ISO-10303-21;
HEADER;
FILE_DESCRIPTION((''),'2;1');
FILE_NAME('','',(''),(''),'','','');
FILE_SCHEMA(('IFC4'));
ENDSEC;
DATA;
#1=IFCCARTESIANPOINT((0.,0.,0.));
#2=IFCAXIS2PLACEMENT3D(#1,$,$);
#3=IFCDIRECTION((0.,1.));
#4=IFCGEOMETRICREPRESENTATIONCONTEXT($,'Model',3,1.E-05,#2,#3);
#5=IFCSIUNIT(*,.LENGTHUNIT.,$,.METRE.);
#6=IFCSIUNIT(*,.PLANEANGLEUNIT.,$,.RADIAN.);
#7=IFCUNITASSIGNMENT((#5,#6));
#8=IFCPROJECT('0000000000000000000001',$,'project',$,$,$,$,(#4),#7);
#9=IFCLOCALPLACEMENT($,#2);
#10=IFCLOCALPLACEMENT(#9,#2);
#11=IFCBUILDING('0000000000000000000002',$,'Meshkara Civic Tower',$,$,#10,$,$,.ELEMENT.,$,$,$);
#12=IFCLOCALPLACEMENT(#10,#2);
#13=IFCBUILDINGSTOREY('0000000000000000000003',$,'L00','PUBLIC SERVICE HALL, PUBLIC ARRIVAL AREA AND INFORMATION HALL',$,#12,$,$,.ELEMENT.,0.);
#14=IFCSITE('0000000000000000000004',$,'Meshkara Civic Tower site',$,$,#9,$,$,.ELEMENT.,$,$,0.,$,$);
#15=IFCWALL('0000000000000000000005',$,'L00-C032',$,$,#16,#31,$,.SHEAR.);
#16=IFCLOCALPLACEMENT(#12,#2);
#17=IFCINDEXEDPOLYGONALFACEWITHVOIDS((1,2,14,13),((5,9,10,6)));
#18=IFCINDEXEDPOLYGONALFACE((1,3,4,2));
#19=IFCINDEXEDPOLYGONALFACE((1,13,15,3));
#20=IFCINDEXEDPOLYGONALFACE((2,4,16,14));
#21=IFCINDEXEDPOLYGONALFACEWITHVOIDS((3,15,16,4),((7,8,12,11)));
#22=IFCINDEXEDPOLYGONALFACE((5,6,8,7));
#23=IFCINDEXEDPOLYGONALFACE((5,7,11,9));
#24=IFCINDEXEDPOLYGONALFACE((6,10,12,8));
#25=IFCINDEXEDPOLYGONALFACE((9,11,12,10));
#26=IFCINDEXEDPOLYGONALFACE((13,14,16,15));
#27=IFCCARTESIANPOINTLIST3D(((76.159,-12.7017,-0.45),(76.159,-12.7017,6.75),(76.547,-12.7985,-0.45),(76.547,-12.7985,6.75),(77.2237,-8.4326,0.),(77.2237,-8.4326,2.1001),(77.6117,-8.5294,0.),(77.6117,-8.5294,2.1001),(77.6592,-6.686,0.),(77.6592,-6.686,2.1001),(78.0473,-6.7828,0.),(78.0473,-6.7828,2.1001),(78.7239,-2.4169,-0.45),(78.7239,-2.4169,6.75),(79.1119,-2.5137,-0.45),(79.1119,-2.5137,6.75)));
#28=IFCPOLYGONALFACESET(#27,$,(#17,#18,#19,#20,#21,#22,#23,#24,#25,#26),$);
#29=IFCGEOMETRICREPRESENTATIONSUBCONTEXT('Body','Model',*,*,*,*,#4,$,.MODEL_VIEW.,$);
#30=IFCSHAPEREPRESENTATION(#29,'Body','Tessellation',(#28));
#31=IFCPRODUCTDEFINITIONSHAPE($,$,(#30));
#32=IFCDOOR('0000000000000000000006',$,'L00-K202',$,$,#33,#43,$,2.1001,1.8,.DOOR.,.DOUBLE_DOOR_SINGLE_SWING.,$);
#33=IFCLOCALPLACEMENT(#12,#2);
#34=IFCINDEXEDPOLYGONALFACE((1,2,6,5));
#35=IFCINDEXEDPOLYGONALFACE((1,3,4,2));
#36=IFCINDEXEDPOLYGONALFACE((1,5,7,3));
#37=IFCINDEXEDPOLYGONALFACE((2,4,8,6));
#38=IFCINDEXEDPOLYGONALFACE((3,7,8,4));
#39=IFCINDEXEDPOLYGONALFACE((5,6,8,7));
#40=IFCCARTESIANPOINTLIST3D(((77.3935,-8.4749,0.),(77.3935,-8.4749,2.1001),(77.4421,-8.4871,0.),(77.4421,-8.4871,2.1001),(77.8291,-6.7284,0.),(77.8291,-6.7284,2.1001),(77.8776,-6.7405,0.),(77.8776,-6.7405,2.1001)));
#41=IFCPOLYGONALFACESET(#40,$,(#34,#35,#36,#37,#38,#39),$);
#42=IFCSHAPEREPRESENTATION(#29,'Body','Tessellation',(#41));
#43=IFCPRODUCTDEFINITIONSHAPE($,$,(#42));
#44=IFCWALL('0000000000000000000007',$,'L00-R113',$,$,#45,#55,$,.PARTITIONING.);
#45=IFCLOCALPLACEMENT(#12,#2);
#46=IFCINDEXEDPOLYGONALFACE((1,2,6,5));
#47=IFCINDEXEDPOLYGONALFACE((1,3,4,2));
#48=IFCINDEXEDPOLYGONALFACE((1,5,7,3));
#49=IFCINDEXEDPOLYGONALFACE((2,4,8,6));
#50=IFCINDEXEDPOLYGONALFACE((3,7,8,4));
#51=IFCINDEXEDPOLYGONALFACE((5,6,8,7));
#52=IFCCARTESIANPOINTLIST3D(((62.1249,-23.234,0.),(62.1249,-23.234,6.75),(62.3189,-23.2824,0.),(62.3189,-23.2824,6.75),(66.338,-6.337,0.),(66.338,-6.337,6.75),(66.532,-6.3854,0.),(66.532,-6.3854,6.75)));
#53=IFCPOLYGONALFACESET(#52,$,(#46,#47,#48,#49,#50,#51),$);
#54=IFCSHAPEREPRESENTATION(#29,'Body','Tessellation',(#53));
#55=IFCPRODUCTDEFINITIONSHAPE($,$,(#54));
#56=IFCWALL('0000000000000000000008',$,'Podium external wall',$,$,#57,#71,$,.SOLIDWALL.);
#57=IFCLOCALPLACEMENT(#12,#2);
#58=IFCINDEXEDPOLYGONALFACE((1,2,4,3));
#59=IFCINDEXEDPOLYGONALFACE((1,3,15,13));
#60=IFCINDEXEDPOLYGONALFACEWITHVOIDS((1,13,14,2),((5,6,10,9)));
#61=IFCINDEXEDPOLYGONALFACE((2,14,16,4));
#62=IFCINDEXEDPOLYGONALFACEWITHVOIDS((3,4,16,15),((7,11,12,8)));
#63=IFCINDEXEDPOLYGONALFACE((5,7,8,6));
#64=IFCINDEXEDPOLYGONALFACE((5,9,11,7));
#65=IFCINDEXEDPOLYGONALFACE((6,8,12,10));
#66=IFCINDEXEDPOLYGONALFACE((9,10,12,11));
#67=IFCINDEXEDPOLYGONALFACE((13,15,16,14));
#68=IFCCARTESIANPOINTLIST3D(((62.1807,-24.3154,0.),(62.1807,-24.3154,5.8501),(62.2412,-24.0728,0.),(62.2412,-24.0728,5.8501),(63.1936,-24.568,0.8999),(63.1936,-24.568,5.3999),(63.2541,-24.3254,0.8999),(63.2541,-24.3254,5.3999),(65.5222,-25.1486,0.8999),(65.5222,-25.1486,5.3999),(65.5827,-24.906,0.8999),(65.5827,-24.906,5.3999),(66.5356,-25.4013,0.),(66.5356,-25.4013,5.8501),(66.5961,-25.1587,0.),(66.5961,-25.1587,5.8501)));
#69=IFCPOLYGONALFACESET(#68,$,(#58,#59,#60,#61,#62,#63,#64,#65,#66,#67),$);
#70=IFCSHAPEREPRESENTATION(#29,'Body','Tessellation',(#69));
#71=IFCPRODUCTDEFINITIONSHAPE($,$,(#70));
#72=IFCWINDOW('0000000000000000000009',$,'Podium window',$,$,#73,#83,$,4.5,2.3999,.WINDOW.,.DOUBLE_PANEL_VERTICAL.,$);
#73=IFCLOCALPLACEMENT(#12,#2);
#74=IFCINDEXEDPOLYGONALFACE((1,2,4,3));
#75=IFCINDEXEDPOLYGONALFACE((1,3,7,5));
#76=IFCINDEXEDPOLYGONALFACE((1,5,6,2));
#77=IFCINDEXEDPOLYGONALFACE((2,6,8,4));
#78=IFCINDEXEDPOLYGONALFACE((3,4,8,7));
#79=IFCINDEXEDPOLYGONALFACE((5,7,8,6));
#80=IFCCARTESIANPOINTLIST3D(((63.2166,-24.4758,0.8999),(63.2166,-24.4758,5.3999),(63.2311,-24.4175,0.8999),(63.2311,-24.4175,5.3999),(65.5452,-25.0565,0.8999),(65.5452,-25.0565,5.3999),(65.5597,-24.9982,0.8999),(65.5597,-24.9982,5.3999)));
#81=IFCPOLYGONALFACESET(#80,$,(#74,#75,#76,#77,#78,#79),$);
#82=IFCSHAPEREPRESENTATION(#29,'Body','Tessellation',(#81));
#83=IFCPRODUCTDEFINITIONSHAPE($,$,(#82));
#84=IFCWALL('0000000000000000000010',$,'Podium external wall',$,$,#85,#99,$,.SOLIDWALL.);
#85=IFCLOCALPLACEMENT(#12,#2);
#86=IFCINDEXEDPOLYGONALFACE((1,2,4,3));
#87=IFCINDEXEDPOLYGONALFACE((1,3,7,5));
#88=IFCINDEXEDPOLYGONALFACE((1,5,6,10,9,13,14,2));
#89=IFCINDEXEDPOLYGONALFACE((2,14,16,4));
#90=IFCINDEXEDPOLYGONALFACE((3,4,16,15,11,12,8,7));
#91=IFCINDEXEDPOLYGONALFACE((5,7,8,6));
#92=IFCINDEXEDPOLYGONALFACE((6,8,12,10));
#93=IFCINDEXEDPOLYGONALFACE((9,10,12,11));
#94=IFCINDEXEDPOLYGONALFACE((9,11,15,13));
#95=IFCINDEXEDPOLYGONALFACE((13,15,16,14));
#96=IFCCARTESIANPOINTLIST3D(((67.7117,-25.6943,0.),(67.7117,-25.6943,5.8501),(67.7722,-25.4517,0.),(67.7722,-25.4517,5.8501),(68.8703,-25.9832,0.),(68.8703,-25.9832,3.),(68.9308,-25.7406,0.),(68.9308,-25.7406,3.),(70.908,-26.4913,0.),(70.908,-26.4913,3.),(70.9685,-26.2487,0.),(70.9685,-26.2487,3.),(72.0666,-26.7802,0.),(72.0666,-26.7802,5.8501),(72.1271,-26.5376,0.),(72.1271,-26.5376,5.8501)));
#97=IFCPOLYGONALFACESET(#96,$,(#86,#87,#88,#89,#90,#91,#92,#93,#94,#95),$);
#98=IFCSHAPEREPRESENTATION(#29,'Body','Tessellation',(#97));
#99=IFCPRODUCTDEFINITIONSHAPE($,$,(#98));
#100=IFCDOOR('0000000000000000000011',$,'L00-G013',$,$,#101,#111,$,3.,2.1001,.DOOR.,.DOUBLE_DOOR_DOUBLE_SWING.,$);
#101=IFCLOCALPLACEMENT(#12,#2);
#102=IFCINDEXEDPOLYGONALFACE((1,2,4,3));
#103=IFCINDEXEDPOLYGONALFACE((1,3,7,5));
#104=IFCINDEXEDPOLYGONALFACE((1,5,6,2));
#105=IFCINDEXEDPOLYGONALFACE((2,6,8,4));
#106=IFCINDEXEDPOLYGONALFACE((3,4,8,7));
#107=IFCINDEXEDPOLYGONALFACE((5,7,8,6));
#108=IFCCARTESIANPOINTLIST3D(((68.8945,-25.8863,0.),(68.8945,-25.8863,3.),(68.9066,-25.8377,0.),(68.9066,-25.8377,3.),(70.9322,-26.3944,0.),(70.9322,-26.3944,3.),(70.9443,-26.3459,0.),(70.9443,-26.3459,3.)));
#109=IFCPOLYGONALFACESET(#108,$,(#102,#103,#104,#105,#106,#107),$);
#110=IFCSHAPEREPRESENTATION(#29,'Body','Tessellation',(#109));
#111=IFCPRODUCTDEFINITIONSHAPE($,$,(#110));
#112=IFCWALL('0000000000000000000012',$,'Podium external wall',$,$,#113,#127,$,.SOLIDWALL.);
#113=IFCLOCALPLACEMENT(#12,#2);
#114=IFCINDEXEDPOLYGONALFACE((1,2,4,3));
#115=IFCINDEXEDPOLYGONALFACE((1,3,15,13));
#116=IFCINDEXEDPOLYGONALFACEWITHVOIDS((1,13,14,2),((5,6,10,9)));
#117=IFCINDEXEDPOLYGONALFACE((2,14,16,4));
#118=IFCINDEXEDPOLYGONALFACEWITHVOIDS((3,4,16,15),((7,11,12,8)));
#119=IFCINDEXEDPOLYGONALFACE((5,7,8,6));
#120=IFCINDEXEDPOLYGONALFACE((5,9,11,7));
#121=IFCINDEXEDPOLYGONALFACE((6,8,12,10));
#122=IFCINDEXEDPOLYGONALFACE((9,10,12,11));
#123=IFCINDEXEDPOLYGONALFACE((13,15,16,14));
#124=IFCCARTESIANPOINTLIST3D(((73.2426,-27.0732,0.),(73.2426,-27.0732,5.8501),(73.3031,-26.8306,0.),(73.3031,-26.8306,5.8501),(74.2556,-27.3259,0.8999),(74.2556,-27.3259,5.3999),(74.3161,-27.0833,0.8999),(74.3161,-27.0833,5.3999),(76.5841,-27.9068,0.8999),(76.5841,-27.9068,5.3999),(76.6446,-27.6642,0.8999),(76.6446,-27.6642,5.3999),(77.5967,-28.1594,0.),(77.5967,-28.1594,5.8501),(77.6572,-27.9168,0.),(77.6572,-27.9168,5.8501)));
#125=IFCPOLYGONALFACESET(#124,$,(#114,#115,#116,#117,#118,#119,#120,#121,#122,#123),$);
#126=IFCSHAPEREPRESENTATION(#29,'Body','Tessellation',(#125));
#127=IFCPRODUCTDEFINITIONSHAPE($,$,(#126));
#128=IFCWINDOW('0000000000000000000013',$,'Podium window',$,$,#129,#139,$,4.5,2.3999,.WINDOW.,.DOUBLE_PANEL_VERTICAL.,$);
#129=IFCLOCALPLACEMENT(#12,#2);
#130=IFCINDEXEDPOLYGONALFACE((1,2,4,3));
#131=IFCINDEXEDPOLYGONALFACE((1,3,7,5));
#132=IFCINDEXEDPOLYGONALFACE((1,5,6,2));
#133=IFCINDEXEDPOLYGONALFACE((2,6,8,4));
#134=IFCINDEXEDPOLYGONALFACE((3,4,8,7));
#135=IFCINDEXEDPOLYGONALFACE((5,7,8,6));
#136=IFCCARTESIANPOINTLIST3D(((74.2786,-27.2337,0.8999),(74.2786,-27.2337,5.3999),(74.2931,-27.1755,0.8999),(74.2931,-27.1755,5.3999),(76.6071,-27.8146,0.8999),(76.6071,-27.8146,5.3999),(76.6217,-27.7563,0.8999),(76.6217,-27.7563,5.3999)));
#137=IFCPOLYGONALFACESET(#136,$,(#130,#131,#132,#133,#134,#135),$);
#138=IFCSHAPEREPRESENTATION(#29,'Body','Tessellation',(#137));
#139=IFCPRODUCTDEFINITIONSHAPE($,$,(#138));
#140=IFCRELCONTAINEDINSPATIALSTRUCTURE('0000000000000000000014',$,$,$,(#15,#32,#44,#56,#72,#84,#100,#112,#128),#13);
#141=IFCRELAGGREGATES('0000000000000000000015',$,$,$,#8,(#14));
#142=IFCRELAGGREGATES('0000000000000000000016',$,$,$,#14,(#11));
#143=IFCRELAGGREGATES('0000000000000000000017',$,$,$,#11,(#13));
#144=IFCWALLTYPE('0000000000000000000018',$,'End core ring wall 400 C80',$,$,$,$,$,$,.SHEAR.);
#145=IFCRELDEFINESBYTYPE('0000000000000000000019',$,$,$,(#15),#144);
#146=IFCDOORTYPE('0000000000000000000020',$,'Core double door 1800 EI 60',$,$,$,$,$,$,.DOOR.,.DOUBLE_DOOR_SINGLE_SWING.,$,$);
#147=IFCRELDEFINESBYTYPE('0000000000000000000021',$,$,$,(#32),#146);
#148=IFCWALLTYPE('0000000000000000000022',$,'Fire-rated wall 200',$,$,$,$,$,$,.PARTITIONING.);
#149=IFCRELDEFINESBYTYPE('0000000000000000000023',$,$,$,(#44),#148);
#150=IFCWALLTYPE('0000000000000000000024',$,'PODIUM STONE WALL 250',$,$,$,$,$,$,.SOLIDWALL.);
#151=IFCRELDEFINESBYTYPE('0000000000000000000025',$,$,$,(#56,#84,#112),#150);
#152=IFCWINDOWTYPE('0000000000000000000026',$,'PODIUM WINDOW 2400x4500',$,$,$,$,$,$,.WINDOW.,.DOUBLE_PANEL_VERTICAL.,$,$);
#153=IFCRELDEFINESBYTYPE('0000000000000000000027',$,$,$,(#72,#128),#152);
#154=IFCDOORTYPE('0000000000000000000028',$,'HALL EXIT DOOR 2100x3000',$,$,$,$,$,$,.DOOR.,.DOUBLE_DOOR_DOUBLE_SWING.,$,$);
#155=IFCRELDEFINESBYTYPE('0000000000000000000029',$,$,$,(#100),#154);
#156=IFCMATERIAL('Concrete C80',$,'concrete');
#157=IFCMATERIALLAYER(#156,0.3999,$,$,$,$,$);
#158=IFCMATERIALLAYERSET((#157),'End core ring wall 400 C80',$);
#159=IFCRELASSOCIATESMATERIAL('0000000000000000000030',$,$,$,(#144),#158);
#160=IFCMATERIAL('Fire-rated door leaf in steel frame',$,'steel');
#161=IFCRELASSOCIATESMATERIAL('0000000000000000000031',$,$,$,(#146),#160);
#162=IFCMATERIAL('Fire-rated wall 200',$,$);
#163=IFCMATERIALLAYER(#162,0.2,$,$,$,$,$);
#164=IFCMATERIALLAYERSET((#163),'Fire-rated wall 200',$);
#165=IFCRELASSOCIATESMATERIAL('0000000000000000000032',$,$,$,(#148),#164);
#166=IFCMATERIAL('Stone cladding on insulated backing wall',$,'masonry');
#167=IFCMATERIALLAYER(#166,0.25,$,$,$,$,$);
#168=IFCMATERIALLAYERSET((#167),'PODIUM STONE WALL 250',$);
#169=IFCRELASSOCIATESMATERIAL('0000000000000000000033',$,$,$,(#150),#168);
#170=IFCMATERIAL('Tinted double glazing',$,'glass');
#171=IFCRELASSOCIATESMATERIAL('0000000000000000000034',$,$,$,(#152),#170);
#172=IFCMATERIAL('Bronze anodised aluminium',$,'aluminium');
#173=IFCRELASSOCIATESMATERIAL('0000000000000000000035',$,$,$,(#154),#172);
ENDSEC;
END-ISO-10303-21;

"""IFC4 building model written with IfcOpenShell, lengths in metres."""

from ifc_helpers import new_model, si_unit, direction, frame, frame_2d, origin, place, context, subcontext, project, spatial, rectangle, extrude, material, layer, layer_set, type_object, element, fill, save


model = new_model("IFC4")

# Units and contexts
model_context = context("Model", 3, precision=1e-05, world=origin(), true_north=direction((0.0, 1.0)))
body_context = subcontext(model_context, "Body", "Model", "MODEL_VIEW")
ifc_project = project(units=[si_unit("LENGTHUNIT", "METRE"), si_unit("PLANEANGLEUNIT", "RADIAN")], contexts=[model_context])

# Site, building, storey
site_placement = place(None, origin())
site = spatial("IfcSite", under=ifc_project, at=site_placement, Name="Meshkara Civic Tower site", CompositionType="ELEMENT", RefElevation=0.0)
building_placement = place(site_placement, origin())
building = spatial("IfcBuilding", under=site, at=building_placement, Name="Meshkara Civic Tower", CompositionType="ELEMENT")
storey_placement = place(building_placement, origin())
storey = spatial("IfcBuildingStorey", under=building, at=storey_placement, Name="L00", Description="PUBLIC SERVICE HALL, PUBLIC ARRIVAL AREA AND INFORMATION HALL", CompositionType="ELEMENT", Elevation=0.0)

# Shared definitions
ifc_material_1 = material(Name="Concrete C80", Category="concrete")
ifc_layer_1 = layer(ifc_material_1, 0.3999)
ifc_layer_set_1 = layer_set([ifc_layer_1], Name="End core ring wall 400 C80")
wall_type_1 = type_object("IfcWallType", Name="End core ring wall 400 C80", PredefinedType="SHEAR", material=ifc_layer_set_1)

# Wall, opening, door
wall_1_placement = place(storey_placement, frame((76.353, -12.75, -0.45), z_axis=(0.0, 0.0, 1.0), x_axis=(0.241977, 0.970282, 0.0)))
wall_1 = element("IfcWall", 1, at=wall_1_placement, inside=storey, type_object=wall_type_1, Name="L00-C032", PredefinedType="SHEAR", context=body_context, shape_type="SweptSolid", body=[
    extrude(rectangle(XDim=10.5999, YDim=0.3999, at=frame_2d((5.2998, 0.0))), origin(), (0.0, 0.0, 1.0), 7.2),
])
opening_1_placement = place(wall_1_placement, frame((4.3999, 0.0, 0.45)))
opening_1 = element("IfcOpeningElement", 2, at=opening_1_placement, cuts=wall_1, PredefinedType="OPENING", context=body_context, shape_type="SweptSolid", body=[
    extrude(rectangle(XDim=1.8, YDim=2.1001, at=frame_2d((0.8999, 1.05))), frame((0.0, 0.21, 0.0), z_axis=(0.0, -1.0, 0.0), x_axis=(1.0, 0.0, 0.0)), (0.0, 0.0, 1.0), 0.4199),
])
ifc_material_2 = material(Name="Fire-rated door leaf in steel frame", Category="steel")
door_type_1 = type_object("IfcDoorType", Name="Core double door 1800 EI 60", OperationType="DOUBLE_DOOR_SINGLE_SWING", PredefinedType="DOOR", material=ifc_material_2)
door_1_placement = place(opening_1_placement, origin())
door_1 = element("IfcDoor", 3, at=door_1_placement, inside=storey, type_object=door_type_1, Name="L00-K202", OperationType="DOUBLE_DOOR_SINGLE_SWING", OverallHeight=2.1001, OverallWidth=1.8, PredefinedType="DOOR", context=body_context, shape_type="SweptSolid", body=[
    extrude(rectangle(XDim=1.8, YDim=2.1001, at=frame_2d((0.8999, 1.05))), frame((0.0, 0.0249, 0.0), z_axis=(0.0, -1.0, 0.0), x_axis=(1.0, 0.0, 0.0)), (0.0, 0.0, 1.0), 0.05),
])
fill(opening_1, door_1)

# Wall
ifc_material_3 = material(Name="Fire-rated wall 200")
ifc_layer_2 = layer(ifc_material_3, 0.2)
ifc_layer_set_2 = layer_set([ifc_layer_2], Name="Fire-rated wall 200")
wall_type_2 = type_object("IfcWallType", Name="Fire-rated wall 200", PredefinedType="PARTITIONING", material=ifc_layer_set_2)
wall_2_placement = place(storey_placement, frame((62.2219, -23.2581, 0.0), z_axis=(0.0, 0.0, 1.0), x_axis=(0.241935, 0.970292, 0.0)))
element("IfcWall", 4, at=wall_2_placement, inside=storey, type_object=wall_type_2, Name="L00-R113", PredefinedType="PARTITIONING", context=body_context, shape_type="SweptSolid", body=[
    extrude(rectangle(XDim=17.4143, YDim=0.2, at=frame_2d((8.707, 0.0))), origin(), (0.0, 0.0, 1.0), 6.75),
])

# Wall, opening, window
ifc_material_4 = material(Name="Stone cladding on insulated backing wall", Category="masonry")
ifc_layer_3 = layer(ifc_material_4, 0.25)
ifc_layer_set_3 = layer_set([ifc_layer_3], Name="PODIUM STONE WALL 250")
wall_type_3 = type_object("IfcWallType", Name="PODIUM STONE WALL 250", PredefinedType="SOLIDWALL", material=ifc_layer_set_3)
wall_3_placement = place(storey_placement, frame((62.2109, -24.1941, 0.0), z_axis=(0.0, 0.0, 1.0), x_axis=(0.97029, -0.241947, 0.0)))
wall_3 = element("IfcWall", 5, at=wall_3_placement, inside=storey, type_object=wall_type_3, Name="Podium external wall", PredefinedType="SOLIDWALL", context=body_context, shape_type="SweptSolid", body=[
    extrude(rectangle(XDim=4.4883, YDim=0.25, at=frame_2d((2.2441, 0.0))), origin(), (0.0, 0.0, 1.0), 5.8501),
])
opening_2_placement = place(wall_3_placement, frame((1.0439, 0.0, 0.8999)))
opening_2 = element("IfcOpeningElement", 6, at=opening_2_placement, cuts=wall_3, PredefinedType="OPENING", context=body_context, shape_type="SweptSolid", body=[
    extrude(rectangle(XDim=2.3999, YDim=4.5, at=frame_2d((1.2, 2.25))), frame((0.0, 0.135, 0.0), z_axis=(0.0, -1.0, 0.0), x_axis=(1.0, 0.0, 0.0)), (0.0, 0.0, 1.0), 0.27),
])
ifc_material_5 = material(Name="Tinted double glazing", Category="glass")
window_type = type_object("IfcWindowType", Name="PODIUM WINDOW 2400x4500", PartitioningType="DOUBLE_PANEL_VERTICAL", PredefinedType="WINDOW", material=ifc_material_5)
window_1_placement = place(opening_2_placement, origin())
window_1 = element("IfcWindow", 7, at=window_1_placement, inside=storey, type_object=window_type, Name="Podium window", OverallHeight=4.5, OverallWidth=2.3999, PartitioningType="DOUBLE_PANEL_VERTICAL", PredefinedType="WINDOW", context=body_context, shape_type="SweptSolid", body=[
    extrude(rectangle(XDim=2.3999, YDim=4.5, at=frame_2d((1.2, 2.25))), frame((0.0, 0.03, 0.0), z_axis=(0.0, -1.0, 0.0), x_axis=(1.0, 0.0, 0.0)), (0.0, 0.0, 1.0), 0.0601),
])
fill(opening_2, window_1)

# Wall, opening, door
wall_4_placement = place(storey_placement, frame((67.7419, -25.573, 0.0), z_axis=(0.0, 0.0, 1.0), x_axis=(0.97029, -0.241947, 0.0)))
wall_4 = element("IfcWall", 8, at=wall_4_placement, inside=storey, type_object=wall_type_3, Name="Podium external wall", PredefinedType="SOLIDWALL", context=body_context, shape_type="SweptSolid", body=[
    extrude(rectangle(XDim=4.4883, YDim=0.25, at=frame_2d((2.2441, 0.0))), origin(), (0.0, 0.0, 1.0), 5.8501),
])
opening_3_placement = place(wall_4_placement, frame((1.1941, 0.0, 0.0)))
opening_3 = element("IfcOpeningElement", 9, at=opening_3_placement, cuts=wall_4, PredefinedType="OPENING", context=body_context, shape_type="SweptSolid", body=[
    extrude(rectangle(XDim=2.1001, YDim=3.0, at=frame_2d((1.05, 1.5))), frame((0.0, 0.135, 0.0), z_axis=(0.0, -1.0, 0.0), x_axis=(1.0, 0.0, 0.0)), (0.0, 0.0, 1.0), 0.27),
])
ifc_material_6 = material(Name="Bronze anodised aluminium", Category="aluminium")
door_type_2 = type_object("IfcDoorType", Name="HALL EXIT DOOR 2100x3000", OperationType="DOUBLE_DOOR_DOUBLE_SWING", PredefinedType="DOOR", material=ifc_material_6)
door_2_placement = place(opening_3_placement, origin())
door_2 = element("IfcDoor", 10, at=door_2_placement, inside=storey, type_object=door_type_2, Name="L00-G013", OperationType="DOUBLE_DOOR_DOUBLE_SWING", OverallHeight=3.0, OverallWidth=2.1001, PredefinedType="DOOR", context=body_context, shape_type="SweptSolid", body=[
    extrude(rectangle(XDim=2.1001, YDim=3.0, at=frame_2d((1.05, 1.5))), frame((0.0, 0.0249, 0.0), z_axis=(0.0, -1.0, 0.0), x_axis=(1.0, 0.0, 0.0)), (0.0, 0.0, 1.0), 0.05),
])
fill(opening_3, door_2)

# Wall, opening, window
wall_5_placement = place(storey_placement, frame((73.2729, -26.9519, 0.0), z_axis=(0.0, 0.0, 1.0), x_axis=(0.970264, -0.242049, 0.0)))
wall_5 = element("IfcWall", 11, at=wall_5_placement, inside=storey, type_object=wall_type_3, Name="Podium external wall", PredefinedType="SOLIDWALL", context=body_context, shape_type="SweptSolid", body=[
    extrude(rectangle(XDim=4.4875, YDim=0.25, at=frame_2d((2.2437, 0.0))), origin(), (0.0, 0.0, 1.0), 5.8501),
])
opening_4_placement = place(wall_5_placement, frame((1.0439, 0.0, 0.8999)))
opening_4 = element("IfcOpeningElement", 12, at=opening_4_placement, cuts=wall_5, PredefinedType="OPENING", context=body_context, shape_type="SweptSolid", body=[
    extrude(rectangle(XDim=2.3999, YDim=4.5, at=frame_2d((1.2, 2.25))), frame((0.0, 0.135, 0.0), z_axis=(0.0, -1.0, 0.0), x_axis=(1.0, 0.0, 0.0)), (0.0, 0.0, 1.0), 0.27),
])
window_2_placement = place(opening_4_placement, origin())
window_2 = element("IfcWindow", 13, at=window_2_placement, inside=storey, type_object=window_type, Name="Podium window", OverallHeight=4.5, OverallWidth=2.3999, PartitioningType="DOUBLE_PANEL_VERTICAL", PredefinedType="WINDOW", context=body_context, shape_type="SweptSolid", body=[
    extrude(rectangle(XDim=2.3999, YDim=4.5, at=frame_2d((1.2, 2.25))), frame((0.0, 0.03, 0.0), z_axis=(0.0, -1.0, 0.0), x_axis=(1.0, 0.0, 0.0)), (0.0, 0.0, 1.0), 0.0601),
])
fill(opening_4, window_2)

save(model, "model.ifc")
